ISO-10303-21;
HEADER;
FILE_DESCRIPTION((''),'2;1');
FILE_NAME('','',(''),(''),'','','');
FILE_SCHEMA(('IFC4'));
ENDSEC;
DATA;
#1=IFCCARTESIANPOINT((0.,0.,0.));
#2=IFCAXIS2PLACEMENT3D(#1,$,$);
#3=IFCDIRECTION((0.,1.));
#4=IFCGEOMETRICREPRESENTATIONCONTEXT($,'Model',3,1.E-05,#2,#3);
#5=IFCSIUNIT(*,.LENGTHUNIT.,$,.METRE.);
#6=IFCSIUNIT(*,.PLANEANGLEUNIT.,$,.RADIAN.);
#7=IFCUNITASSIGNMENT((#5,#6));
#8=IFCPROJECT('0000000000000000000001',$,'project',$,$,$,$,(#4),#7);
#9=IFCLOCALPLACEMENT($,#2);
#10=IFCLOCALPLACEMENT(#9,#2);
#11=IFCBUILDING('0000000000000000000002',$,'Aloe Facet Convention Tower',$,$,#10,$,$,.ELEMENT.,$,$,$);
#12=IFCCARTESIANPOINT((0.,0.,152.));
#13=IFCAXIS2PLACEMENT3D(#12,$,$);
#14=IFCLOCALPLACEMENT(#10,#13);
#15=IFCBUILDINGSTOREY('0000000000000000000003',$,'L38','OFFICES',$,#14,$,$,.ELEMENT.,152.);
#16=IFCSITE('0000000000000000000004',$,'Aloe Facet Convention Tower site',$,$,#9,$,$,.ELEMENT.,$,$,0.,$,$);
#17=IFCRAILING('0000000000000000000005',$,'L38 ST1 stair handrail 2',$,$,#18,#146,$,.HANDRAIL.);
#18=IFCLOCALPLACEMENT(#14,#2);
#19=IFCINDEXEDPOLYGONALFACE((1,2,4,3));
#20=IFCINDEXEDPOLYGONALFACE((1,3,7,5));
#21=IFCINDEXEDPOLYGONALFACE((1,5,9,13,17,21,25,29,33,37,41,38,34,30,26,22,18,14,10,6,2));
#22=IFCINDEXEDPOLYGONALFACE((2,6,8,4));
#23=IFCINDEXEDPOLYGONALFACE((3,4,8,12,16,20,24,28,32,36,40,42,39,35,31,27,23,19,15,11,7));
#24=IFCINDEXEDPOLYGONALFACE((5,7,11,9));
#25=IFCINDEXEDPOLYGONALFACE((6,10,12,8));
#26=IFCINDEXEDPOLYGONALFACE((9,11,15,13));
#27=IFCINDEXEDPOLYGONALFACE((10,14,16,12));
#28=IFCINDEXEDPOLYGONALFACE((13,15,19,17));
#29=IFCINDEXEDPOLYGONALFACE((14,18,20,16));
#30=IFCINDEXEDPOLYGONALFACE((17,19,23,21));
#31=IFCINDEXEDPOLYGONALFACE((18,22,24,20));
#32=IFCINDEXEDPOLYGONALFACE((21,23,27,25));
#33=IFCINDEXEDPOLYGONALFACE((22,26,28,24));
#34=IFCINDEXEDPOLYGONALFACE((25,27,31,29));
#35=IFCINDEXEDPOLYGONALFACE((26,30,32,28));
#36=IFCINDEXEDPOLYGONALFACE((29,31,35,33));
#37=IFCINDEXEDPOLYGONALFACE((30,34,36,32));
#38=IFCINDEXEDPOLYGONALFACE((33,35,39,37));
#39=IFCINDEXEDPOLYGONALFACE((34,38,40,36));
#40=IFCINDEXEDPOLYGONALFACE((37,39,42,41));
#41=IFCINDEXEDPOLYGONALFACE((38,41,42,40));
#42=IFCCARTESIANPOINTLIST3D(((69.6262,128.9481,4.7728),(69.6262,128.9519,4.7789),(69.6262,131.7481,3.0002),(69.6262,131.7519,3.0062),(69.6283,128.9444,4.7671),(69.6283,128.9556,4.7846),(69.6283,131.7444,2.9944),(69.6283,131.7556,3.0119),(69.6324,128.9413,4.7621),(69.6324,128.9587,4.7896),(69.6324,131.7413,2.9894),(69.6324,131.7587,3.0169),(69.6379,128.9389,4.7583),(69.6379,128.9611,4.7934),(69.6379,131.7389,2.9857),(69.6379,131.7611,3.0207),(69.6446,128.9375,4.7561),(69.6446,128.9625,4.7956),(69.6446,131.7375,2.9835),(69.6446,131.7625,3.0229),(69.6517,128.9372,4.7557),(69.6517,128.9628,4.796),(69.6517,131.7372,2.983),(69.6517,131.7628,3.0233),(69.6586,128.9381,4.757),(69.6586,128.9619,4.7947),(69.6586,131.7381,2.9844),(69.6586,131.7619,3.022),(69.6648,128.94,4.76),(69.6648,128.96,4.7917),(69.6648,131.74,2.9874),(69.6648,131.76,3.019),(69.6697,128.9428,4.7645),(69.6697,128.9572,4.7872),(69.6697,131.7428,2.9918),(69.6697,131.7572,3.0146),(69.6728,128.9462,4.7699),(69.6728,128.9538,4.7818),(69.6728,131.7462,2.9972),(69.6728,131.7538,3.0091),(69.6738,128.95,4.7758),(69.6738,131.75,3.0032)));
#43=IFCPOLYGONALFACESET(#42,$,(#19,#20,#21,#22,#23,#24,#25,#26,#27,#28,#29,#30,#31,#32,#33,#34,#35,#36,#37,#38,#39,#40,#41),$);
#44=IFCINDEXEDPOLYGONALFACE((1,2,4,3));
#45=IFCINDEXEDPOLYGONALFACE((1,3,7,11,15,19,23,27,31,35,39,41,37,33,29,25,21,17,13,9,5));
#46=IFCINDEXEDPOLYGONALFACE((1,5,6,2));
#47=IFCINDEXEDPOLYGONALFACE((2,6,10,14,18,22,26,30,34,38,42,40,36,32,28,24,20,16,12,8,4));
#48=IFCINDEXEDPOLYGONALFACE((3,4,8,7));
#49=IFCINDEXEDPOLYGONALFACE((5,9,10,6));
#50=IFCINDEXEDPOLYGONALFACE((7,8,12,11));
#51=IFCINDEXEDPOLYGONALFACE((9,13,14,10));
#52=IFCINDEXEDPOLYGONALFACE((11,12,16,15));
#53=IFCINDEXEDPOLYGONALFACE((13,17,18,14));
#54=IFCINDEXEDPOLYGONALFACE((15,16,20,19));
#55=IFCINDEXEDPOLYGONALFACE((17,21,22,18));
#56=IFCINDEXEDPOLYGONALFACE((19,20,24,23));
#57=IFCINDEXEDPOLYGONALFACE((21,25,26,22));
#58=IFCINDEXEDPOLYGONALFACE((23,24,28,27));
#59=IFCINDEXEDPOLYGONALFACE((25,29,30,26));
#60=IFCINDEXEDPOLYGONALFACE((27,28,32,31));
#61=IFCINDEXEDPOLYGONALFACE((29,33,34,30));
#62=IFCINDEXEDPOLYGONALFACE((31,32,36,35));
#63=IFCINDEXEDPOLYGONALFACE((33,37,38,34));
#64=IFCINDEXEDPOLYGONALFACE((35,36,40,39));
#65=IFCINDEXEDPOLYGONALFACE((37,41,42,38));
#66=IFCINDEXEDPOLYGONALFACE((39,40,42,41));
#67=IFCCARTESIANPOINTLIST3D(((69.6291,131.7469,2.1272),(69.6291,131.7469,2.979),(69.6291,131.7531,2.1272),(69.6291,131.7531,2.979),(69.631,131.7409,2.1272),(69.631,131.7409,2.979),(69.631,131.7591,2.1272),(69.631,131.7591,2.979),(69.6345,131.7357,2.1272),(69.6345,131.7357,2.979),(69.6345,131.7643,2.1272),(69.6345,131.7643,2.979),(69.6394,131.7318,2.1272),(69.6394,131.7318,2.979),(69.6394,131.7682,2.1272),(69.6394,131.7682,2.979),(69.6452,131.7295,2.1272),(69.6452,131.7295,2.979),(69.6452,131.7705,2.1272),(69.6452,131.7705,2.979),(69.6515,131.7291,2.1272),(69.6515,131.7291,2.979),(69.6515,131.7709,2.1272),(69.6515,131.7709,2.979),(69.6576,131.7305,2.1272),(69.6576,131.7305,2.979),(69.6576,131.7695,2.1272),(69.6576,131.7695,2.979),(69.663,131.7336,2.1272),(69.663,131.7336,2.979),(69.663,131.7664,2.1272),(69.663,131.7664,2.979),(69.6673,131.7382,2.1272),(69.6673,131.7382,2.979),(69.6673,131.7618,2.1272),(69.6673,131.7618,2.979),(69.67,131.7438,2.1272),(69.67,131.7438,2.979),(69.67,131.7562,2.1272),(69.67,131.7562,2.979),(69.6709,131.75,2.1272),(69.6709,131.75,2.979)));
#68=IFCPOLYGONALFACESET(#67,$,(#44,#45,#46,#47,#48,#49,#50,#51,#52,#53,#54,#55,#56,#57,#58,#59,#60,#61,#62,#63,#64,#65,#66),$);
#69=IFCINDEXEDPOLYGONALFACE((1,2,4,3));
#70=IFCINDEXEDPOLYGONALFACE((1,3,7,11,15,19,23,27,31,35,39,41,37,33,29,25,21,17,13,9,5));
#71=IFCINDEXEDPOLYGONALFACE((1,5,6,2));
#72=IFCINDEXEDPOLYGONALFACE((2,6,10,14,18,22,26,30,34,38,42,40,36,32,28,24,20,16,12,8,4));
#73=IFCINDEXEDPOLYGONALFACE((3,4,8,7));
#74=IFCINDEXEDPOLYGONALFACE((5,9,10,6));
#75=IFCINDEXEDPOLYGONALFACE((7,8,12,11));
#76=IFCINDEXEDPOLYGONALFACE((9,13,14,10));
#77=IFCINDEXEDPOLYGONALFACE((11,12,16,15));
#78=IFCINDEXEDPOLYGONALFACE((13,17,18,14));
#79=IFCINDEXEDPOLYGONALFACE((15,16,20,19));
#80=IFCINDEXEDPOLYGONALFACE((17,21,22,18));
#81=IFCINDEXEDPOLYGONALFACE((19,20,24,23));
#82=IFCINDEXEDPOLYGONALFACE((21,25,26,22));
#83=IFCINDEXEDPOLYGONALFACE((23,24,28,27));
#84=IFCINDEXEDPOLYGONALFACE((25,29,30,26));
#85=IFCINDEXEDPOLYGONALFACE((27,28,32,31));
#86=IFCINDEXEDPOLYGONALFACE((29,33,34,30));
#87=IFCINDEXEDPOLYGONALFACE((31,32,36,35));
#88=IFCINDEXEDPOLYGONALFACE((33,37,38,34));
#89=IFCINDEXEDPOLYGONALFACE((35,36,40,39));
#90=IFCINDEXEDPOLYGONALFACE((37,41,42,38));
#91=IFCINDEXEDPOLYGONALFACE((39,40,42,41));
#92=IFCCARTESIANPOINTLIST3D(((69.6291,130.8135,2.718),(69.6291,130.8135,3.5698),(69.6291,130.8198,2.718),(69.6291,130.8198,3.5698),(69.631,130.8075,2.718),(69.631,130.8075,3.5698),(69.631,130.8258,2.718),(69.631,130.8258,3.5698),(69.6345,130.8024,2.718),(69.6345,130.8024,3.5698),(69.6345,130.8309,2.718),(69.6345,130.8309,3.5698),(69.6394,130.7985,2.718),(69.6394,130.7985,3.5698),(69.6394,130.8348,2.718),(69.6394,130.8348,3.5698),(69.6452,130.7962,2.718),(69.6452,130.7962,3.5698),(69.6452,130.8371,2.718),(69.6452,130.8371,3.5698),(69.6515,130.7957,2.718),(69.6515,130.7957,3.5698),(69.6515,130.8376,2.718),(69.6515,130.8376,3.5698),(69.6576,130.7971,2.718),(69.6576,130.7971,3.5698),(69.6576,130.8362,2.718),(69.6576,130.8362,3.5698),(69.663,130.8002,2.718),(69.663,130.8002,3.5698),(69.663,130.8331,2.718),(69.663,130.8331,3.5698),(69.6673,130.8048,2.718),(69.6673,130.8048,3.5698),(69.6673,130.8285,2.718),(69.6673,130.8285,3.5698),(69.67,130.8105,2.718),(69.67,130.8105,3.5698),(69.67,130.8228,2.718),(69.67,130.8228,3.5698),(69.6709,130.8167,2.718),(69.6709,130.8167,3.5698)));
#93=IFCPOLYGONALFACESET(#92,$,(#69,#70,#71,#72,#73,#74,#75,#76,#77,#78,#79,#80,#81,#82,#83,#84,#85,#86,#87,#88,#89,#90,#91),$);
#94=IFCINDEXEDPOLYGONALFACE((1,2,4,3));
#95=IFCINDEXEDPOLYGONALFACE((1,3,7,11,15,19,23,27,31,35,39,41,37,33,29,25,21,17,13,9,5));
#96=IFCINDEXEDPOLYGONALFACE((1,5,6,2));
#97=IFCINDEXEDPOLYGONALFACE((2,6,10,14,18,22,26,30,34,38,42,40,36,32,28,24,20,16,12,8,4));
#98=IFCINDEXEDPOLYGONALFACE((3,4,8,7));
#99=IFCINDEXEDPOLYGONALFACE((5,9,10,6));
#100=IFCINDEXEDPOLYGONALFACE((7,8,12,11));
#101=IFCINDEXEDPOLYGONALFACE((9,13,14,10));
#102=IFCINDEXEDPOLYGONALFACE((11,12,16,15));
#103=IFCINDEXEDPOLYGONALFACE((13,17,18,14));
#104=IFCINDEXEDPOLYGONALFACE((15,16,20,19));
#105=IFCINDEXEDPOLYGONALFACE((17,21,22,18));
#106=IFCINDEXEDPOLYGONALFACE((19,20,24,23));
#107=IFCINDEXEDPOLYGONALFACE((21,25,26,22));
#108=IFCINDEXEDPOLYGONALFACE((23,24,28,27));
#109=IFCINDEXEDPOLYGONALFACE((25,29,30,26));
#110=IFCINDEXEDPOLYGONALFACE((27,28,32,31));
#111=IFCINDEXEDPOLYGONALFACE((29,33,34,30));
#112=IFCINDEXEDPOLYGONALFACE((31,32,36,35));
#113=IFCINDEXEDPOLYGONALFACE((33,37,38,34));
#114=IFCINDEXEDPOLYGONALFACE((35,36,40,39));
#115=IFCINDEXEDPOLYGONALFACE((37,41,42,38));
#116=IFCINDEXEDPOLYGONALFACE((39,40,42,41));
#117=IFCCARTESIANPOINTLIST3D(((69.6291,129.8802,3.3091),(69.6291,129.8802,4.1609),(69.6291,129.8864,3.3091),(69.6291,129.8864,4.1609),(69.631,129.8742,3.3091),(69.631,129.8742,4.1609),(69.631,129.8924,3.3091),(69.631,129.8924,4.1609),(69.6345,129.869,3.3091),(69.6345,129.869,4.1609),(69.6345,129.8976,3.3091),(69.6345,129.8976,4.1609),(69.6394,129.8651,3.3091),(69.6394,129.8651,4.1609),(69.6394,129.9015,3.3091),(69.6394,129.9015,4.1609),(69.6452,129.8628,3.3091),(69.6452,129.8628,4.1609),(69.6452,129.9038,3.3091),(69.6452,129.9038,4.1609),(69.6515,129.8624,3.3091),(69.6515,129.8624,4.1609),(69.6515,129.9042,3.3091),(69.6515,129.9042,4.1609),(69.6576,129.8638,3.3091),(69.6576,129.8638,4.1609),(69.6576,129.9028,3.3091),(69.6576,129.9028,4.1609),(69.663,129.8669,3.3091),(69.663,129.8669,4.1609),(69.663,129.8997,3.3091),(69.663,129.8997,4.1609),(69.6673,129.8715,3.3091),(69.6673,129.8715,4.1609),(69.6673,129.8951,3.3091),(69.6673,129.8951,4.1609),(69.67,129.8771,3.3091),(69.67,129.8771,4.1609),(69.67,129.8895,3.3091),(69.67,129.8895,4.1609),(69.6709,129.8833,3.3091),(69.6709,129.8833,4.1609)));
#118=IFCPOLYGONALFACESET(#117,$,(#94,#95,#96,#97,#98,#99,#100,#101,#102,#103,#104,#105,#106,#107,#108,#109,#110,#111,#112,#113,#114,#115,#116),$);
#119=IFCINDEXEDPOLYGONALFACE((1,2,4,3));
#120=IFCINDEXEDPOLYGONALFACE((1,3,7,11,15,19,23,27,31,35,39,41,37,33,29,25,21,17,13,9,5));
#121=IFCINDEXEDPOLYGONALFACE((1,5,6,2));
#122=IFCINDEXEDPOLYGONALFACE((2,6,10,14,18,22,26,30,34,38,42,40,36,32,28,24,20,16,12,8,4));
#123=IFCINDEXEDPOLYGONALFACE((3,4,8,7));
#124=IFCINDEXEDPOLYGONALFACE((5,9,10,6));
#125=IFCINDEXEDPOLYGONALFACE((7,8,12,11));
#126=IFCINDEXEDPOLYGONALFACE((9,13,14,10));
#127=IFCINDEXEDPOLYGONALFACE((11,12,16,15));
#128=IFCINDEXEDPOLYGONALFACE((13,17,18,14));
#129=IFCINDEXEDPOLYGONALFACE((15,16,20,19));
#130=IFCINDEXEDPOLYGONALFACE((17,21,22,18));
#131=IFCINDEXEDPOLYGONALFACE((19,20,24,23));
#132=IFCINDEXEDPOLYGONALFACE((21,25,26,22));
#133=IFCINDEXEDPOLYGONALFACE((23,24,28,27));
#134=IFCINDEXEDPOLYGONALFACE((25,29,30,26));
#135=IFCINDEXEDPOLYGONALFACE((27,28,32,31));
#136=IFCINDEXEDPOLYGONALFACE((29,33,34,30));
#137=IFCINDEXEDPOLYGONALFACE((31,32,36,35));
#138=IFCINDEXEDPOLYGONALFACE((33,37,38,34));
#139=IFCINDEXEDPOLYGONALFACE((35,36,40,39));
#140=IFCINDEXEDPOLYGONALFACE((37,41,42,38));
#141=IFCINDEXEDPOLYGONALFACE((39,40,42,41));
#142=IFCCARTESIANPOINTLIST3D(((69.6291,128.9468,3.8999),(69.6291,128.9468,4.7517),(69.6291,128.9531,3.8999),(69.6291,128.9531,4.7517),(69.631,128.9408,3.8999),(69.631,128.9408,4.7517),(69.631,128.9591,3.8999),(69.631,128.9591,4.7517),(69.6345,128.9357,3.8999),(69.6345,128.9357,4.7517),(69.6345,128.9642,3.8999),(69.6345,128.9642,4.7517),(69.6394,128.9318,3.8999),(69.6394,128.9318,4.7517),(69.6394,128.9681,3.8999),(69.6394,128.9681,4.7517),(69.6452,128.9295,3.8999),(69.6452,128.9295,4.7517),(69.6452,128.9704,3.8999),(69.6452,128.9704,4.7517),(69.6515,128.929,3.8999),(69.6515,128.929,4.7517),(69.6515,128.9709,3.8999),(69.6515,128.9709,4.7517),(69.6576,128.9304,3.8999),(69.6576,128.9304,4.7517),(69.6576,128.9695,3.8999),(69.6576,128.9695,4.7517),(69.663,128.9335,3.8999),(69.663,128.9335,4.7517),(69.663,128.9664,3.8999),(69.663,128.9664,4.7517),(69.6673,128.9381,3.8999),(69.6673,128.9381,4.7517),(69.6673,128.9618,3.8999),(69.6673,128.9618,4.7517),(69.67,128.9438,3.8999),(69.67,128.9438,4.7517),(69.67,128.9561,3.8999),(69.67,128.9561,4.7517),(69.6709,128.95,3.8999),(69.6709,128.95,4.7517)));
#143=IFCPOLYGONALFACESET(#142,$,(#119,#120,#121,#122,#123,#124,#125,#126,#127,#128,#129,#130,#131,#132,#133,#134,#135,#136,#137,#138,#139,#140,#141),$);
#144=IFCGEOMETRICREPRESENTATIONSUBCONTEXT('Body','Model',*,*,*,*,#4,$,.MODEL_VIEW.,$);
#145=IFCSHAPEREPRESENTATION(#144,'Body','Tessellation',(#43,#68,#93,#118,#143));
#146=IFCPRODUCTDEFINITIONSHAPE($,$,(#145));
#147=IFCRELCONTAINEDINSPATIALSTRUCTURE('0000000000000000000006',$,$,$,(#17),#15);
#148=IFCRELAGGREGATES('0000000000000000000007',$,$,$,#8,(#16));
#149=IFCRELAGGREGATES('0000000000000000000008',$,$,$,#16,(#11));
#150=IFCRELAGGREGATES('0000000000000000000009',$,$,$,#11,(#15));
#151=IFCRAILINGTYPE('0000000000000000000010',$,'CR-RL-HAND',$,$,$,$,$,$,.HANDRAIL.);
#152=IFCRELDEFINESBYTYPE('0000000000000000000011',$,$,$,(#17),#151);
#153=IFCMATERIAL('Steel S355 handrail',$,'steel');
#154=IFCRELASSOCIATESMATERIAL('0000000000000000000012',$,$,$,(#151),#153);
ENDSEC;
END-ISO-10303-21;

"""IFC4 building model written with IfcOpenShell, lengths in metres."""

from ifc_helpers import new_model, si_unit, direction, frame, origin, origin_2d, place, context, subcontext, project, spatial, circle, extrude, material, type_object, element, save


model = new_model("IFC4")

# Units and contexts
model_context = context("Model", 3, precision=1e-05, world=origin(), true_north=direction((0.0, 1.0)))
body_context = subcontext(model_context, "Body", "Model", "MODEL_VIEW")
ifc_project = project(units=[si_unit("LENGTHUNIT", "METRE"), si_unit("PLANEANGLEUNIT", "RADIAN")], contexts=[model_context])

# Site, building, storey
site_placement = place(None, origin())
site = spatial("IfcSite", under=ifc_project, at=site_placement, Name="Aloe Facet Convention Tower site", CompositionType="ELEMENT", RefElevation=0.0)
building_placement = place(site_placement, origin())
building = spatial("IfcBuilding", under=site, at=building_placement, Name="Aloe Facet Convention Tower", CompositionType="ELEMENT")
storey_placement = place(building_placement, frame((0.0, 0.0, 152.0)))
storey = spatial("IfcBuildingStorey", under=building, at=storey_placement, Name="L38", Description="OFFICES", CompositionType="ELEMENT", Elevation=152.0)

# Railing
ifc_material_1 = material(Name="Steel S355 handrail", Category="steel")
railing_type = type_object("IfcRailingType", Name="CR-RL-HAND", PredefinedType="HANDRAIL", material=ifc_material_1)
railing_placement = place(storey_placement, frame((69.6499, 131.75, 2.1272)))
element("IfcRailing", 1, at=railing_placement, inside=storey, type_object=railing_type, Name="L38 ST1 stair handrail 2", PredefinedType="HANDRAIL", context=body_context, shape_type="SweptSolid", body=[
    extrude(circle(Radius=0.0239, at=origin_2d()), frame((0.0, 0.0, 0.876), z_axis=(0.0, -0.844909, 0.53491), x_axis=(1.0, 0.0, 0.0)), (0.0, 0.0, 1.0), 3.314),
    extrude(circle(Radius=0.021, at=origin_2d()), origin(), (0.0, 0.0, 1.0), 0.8518),
    extrude(circle(Radius=0.021, at=origin_2d()), frame((0.0, -0.9333, 0.5908)), (0.0, 0.0, 1.0), 0.8518),
    extrude(circle(Radius=0.021, at=origin_2d()), frame((0.0, -1.8667, 1.1819)), (0.0, 0.0, 1.0), 0.8518),
    extrude(circle(Radius=0.021, at=origin_2d()), frame((0.0, -2.8, 1.7727)), (0.0, 0.0, 1.0), 0.8518),
])

save(model, "model.ifc")
